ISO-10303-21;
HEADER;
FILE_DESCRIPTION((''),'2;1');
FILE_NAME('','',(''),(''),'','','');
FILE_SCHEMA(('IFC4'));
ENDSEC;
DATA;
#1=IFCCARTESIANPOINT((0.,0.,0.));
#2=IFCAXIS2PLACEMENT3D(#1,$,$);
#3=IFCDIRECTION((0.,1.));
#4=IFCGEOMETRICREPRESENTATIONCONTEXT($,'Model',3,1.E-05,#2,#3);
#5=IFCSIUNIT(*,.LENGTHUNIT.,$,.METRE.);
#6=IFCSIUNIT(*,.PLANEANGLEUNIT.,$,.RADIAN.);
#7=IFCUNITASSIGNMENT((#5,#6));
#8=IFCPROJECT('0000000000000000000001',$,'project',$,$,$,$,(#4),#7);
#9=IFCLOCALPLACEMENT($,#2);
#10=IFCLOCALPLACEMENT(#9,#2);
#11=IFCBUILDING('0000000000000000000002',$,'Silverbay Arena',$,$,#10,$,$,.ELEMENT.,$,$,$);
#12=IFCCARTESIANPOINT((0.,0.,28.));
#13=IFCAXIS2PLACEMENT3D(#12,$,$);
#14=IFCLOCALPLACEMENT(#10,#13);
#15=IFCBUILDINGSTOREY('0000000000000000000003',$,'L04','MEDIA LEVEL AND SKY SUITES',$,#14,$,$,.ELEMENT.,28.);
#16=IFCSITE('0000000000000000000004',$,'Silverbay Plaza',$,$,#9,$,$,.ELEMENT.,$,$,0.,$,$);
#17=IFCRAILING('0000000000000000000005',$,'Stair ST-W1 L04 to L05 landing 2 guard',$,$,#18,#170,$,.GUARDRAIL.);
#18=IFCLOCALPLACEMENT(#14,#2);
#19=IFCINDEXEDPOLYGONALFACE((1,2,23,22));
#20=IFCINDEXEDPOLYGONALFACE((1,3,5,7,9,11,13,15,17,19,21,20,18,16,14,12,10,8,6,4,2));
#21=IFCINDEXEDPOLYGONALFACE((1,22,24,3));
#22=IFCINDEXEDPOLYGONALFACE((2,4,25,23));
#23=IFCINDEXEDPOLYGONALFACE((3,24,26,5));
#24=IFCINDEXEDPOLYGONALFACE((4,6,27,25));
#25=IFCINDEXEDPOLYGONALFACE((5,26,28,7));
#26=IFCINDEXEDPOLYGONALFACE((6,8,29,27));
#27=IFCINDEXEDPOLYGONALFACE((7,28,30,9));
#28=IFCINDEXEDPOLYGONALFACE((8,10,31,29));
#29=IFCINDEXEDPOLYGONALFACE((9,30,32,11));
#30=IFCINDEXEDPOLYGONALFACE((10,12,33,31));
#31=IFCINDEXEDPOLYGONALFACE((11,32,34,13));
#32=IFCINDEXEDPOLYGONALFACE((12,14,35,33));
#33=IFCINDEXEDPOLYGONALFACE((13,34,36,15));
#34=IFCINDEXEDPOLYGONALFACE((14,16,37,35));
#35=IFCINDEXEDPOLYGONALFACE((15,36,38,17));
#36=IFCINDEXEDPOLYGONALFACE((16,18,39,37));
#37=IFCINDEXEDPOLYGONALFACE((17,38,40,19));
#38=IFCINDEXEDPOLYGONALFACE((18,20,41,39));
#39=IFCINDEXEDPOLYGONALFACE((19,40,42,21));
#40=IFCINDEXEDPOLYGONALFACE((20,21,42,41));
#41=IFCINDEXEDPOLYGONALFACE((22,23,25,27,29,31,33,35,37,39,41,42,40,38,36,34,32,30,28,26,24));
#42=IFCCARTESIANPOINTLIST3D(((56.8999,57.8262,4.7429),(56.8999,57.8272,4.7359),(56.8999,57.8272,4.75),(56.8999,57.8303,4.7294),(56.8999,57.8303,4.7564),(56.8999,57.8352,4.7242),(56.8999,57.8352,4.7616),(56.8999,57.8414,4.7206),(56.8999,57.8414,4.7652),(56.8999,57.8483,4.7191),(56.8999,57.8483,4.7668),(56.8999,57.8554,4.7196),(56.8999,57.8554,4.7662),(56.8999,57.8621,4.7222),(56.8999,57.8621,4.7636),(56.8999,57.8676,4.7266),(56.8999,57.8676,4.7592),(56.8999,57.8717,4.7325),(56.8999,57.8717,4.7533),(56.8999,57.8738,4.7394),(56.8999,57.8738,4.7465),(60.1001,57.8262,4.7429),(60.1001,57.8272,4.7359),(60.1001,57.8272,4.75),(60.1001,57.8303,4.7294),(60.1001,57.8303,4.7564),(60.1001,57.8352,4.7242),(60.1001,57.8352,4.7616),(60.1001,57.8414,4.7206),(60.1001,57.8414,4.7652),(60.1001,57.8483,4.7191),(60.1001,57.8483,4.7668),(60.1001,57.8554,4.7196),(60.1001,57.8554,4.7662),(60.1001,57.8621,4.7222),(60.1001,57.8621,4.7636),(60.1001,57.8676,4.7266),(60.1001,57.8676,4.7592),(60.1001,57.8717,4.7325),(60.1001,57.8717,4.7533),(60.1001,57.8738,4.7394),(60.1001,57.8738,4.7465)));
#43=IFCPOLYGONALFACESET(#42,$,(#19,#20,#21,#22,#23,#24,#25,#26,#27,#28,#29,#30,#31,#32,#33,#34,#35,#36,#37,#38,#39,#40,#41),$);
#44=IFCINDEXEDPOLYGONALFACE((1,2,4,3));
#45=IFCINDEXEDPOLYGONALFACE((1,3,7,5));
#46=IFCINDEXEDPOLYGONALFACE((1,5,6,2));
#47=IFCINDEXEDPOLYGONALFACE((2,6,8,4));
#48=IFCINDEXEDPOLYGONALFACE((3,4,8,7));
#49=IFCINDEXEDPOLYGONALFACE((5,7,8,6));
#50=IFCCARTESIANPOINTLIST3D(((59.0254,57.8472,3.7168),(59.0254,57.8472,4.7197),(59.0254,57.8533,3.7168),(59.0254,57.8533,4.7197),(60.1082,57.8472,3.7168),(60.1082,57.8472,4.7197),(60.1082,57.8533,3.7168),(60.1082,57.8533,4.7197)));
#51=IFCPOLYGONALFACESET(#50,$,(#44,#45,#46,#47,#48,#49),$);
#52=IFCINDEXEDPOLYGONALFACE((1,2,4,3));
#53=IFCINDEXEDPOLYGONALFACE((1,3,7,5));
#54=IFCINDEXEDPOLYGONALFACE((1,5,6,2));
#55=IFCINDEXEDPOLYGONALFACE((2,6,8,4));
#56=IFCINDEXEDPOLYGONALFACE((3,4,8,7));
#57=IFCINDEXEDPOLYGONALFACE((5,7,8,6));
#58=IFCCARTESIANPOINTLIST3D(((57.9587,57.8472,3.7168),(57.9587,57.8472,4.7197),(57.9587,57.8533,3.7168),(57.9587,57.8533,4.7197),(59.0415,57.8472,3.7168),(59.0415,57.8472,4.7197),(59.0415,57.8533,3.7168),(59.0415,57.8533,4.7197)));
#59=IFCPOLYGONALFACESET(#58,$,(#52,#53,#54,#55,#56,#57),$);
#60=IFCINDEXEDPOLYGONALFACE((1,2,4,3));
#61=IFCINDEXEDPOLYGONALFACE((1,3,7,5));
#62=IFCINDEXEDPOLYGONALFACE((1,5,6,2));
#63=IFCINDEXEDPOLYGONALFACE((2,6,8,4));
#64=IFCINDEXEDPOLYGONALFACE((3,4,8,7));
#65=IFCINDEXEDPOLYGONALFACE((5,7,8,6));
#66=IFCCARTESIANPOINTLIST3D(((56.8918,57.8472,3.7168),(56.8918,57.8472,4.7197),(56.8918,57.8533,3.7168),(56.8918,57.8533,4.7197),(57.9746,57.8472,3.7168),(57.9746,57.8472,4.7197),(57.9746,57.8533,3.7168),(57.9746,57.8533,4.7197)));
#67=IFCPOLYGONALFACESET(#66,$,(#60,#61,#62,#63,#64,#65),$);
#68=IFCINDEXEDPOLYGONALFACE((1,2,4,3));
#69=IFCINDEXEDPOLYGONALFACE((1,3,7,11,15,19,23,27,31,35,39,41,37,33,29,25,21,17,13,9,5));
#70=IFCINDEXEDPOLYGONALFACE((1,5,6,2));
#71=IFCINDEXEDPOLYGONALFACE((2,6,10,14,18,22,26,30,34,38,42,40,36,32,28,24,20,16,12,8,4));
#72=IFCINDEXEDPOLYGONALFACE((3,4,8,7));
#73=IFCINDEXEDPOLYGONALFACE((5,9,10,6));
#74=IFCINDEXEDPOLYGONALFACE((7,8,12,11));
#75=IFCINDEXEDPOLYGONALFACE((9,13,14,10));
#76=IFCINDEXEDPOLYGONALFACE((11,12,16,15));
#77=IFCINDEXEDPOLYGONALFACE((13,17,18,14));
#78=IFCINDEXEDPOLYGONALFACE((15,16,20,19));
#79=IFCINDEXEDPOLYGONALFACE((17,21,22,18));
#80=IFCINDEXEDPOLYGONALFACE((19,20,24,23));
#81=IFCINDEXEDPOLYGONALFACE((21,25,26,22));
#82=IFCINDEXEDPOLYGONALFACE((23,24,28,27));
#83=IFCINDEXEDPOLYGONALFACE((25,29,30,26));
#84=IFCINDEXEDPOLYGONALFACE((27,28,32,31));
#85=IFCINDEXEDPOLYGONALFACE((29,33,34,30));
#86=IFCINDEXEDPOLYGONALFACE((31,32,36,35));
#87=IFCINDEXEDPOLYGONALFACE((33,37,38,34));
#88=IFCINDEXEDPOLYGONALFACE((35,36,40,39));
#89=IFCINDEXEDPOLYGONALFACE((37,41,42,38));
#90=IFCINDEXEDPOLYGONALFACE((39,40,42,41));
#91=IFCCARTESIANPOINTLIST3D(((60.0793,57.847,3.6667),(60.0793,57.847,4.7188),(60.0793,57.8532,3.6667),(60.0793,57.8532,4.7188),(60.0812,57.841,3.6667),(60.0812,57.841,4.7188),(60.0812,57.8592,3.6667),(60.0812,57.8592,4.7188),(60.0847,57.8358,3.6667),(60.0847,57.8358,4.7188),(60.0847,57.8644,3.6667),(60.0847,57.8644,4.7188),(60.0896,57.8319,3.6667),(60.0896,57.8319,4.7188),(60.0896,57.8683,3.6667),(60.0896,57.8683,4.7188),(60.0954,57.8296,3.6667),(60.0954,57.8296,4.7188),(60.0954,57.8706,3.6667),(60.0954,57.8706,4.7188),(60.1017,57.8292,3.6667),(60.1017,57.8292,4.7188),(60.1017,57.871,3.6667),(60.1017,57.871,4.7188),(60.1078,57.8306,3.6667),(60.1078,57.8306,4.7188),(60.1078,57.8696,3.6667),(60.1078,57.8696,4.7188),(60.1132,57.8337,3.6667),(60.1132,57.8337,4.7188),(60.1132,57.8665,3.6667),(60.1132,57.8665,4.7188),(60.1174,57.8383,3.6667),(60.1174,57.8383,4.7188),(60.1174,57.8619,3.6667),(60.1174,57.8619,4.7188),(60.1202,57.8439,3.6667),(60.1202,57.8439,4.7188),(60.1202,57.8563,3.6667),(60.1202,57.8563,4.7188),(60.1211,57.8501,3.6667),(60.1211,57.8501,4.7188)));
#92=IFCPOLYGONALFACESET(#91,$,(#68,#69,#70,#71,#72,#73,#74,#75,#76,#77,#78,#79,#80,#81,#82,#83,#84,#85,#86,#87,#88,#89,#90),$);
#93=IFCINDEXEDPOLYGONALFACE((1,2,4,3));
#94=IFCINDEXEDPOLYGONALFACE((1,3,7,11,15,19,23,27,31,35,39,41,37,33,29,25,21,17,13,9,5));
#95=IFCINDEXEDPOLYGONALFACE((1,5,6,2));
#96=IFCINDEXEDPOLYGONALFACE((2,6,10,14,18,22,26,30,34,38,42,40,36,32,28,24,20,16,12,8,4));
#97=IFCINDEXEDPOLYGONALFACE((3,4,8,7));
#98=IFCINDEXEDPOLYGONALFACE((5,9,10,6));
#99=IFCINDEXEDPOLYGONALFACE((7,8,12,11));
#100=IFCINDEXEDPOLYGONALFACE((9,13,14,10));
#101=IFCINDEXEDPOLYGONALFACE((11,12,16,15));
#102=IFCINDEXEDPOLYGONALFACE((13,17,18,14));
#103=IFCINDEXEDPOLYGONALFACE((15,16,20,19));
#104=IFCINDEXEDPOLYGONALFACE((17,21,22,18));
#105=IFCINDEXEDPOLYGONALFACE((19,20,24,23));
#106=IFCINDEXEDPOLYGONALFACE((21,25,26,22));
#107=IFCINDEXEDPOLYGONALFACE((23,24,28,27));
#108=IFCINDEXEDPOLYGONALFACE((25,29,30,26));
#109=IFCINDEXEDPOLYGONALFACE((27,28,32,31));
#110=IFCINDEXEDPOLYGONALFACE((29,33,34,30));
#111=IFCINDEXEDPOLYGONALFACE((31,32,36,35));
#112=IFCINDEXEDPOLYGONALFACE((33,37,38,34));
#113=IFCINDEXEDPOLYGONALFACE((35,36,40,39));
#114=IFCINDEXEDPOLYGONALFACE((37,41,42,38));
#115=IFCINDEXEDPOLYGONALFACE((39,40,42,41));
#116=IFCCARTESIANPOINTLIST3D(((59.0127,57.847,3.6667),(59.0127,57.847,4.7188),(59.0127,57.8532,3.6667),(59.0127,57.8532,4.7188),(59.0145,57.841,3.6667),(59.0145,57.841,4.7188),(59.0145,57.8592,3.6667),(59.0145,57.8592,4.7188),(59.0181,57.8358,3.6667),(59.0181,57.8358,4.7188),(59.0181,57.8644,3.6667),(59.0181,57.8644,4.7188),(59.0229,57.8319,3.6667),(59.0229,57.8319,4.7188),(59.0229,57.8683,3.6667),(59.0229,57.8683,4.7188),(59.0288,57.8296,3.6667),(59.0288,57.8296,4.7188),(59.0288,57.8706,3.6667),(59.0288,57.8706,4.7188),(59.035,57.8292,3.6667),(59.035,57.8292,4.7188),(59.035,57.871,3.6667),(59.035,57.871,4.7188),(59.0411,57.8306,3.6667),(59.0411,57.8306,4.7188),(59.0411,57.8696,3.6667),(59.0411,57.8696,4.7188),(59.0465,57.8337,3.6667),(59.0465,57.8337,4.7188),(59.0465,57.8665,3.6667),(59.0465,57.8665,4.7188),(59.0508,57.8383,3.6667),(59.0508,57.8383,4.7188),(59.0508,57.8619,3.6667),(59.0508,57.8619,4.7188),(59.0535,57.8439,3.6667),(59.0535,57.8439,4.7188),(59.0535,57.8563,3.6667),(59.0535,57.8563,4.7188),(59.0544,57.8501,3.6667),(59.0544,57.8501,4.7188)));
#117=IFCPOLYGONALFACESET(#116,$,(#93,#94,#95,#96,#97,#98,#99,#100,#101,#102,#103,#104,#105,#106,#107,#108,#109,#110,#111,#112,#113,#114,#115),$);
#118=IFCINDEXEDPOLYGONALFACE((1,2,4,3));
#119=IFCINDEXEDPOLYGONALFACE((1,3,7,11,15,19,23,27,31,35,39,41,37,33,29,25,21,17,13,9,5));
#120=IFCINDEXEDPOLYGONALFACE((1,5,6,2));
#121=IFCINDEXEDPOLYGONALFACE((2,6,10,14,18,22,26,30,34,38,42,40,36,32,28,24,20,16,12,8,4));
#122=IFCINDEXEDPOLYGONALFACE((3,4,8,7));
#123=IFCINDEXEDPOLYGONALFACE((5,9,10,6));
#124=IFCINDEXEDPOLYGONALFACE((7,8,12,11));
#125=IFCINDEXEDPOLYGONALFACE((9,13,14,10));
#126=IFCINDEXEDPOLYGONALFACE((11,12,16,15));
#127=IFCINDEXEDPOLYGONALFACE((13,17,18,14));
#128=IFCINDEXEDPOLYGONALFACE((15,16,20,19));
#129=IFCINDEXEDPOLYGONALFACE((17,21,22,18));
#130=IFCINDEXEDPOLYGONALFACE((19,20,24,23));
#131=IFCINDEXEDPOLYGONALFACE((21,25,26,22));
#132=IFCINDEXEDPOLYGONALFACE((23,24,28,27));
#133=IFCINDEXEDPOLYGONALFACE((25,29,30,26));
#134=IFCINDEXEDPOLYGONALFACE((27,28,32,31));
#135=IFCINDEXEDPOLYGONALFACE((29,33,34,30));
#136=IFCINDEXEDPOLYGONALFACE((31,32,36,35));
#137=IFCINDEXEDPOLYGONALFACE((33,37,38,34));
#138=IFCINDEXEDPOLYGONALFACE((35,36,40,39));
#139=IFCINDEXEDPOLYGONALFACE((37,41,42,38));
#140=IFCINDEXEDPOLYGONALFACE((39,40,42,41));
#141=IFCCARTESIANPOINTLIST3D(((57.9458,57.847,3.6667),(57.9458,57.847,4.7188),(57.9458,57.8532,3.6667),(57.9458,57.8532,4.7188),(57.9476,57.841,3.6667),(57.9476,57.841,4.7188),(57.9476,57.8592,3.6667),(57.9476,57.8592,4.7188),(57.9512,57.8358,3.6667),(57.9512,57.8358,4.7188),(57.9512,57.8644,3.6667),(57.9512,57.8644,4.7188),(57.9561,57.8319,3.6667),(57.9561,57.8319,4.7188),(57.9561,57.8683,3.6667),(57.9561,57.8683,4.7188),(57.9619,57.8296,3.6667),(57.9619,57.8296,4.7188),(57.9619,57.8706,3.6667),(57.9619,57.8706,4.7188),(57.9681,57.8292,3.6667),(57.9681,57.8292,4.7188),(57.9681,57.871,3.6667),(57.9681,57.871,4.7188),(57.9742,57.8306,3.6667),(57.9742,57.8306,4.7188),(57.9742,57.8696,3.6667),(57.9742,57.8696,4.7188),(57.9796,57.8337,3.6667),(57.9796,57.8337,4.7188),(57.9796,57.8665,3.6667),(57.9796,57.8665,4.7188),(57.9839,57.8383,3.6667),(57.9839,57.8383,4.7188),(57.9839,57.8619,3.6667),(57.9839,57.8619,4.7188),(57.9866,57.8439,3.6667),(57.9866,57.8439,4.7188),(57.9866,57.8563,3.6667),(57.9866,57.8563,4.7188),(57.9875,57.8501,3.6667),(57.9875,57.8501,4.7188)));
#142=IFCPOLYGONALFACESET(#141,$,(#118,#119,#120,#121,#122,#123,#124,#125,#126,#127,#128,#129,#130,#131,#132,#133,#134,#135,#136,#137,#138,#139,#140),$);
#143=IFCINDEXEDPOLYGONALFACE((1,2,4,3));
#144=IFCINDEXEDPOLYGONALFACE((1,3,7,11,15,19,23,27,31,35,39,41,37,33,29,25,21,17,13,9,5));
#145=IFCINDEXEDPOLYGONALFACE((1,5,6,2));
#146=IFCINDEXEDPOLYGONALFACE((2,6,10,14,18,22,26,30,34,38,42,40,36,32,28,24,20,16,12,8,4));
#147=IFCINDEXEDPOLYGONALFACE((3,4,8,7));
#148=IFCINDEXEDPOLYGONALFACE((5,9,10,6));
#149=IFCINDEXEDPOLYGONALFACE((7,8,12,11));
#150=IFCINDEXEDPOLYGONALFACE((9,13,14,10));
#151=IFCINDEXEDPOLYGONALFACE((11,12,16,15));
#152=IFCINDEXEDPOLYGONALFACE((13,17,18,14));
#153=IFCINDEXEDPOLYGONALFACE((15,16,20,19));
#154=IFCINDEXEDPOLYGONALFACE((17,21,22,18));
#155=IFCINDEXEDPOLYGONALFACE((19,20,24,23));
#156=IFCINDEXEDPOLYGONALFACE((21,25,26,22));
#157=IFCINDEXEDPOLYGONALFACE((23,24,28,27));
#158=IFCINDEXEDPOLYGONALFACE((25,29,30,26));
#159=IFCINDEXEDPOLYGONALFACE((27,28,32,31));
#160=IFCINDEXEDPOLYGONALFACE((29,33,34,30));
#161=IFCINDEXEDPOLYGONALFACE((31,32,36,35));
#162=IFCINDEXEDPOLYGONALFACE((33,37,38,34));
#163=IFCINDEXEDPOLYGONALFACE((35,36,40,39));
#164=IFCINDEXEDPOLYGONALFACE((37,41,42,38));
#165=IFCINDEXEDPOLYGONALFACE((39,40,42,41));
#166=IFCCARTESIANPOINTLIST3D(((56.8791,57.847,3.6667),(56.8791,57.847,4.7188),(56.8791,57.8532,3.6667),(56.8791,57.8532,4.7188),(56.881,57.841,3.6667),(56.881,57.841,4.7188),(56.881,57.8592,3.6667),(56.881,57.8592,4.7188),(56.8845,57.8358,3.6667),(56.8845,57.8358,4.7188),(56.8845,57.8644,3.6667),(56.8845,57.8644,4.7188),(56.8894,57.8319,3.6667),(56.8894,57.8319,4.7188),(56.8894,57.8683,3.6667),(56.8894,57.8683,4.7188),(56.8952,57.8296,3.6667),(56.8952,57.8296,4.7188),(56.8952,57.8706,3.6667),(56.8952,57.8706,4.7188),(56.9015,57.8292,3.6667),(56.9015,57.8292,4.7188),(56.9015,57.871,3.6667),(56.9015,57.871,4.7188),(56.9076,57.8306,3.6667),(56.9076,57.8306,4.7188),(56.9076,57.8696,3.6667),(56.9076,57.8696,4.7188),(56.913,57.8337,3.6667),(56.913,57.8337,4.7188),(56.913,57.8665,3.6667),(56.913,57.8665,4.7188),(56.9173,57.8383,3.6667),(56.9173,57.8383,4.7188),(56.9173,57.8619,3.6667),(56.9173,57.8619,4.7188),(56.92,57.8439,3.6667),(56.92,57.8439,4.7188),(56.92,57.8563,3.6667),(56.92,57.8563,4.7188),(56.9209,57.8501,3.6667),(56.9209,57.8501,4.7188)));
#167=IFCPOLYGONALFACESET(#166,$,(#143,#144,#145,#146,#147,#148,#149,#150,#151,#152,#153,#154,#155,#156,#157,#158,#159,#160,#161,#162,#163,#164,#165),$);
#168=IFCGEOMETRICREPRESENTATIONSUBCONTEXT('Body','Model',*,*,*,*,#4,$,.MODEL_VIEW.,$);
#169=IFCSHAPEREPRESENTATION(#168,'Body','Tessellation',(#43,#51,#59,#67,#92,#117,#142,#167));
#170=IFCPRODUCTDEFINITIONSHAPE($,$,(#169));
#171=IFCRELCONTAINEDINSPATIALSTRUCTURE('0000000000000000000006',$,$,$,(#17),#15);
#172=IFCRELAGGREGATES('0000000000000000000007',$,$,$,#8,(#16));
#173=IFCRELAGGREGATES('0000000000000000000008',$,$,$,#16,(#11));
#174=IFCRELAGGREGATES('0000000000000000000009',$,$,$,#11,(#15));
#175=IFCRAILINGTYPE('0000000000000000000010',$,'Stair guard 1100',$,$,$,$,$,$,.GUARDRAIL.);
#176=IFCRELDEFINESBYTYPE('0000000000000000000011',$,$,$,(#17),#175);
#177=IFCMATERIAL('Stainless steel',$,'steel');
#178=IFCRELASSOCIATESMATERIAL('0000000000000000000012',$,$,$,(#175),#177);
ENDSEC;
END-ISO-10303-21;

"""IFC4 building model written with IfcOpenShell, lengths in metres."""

from ifc_helpers import new_model, si_unit, direction, frame, origin, origin_2d, place, context, subcontext, project, spatial, polyline, circle, outline, extrude, material, type_object, element, save


model = new_model("IFC4")

# Units and contexts
model_context = context("Model", 3, precision=1e-05, world=origin(), true_north=direction((0.0, 1.0)))
body_context = subcontext(model_context, "Body", "Model", "MODEL_VIEW")
ifc_project = project(units=[si_unit("LENGTHUNIT", "METRE"), si_unit("PLANEANGLEUNIT", "RADIAN")], contexts=[model_context])

# Site, building, storey
site_placement = place(None, origin())
site = spatial("IfcSite", under=ifc_project, at=site_placement, Name="Silverbay Plaza", CompositionType="ELEMENT", RefElevation=0.0)
building_placement = place(site_placement, origin())
building = spatial("IfcBuilding", under=site, at=building_placement, Name="Silverbay Arena", CompositionType="ELEMENT")
storey_placement = place(building_placement, frame((0.0, 0.0, 28.0)))
storey = spatial("IfcBuildingStorey", under=building, at=storey_placement, Name="L04", Description="MEDIA LEVEL AND SKY SUITES", CompositionType="ELEMENT", Elevation=28.0)

# Railing
ifc_material_1 = material(Name="Stainless steel", Category="steel")
railing_type_1 = type_object("IfcRailingType", Name="Stair guard 1100", PredefinedType="GUARDRAIL", material=ifc_material_1)
for number, where, name in (
    (1, (60.1001, 57.8501, 3.6667), "Stair ST-W1 L04 to L05 landing 2 guard"),
):
    element("IfcRailing", number, at=place(storey_placement, frame(where)), inside=storey, type_object=railing_type_1, Name=name, PredefinedType="GUARDRAIL", context=body_context, shape_type="SweptSolid", body=[
        extrude(circle(Radius=0.0239, at=origin_2d()), frame((0.0, 0.0, 1.0762), z_axis=(-1.0, 0.0, 0.0), x_axis=(0.0, -1.0, 0.0)), (0.0, 0.0, 1.0), 3.2002),
        extrude(outline(polyline([(-0.0081, 0.05), (1.0747, 0.05), (1.0747, 1.053), (-0.0081, 1.053), (-0.0081, 0.05)])), frame((0.0, -0.0029, 0.0), z_axis=(0.0, 1.0, 0.0), x_axis=(-1.0, 0.0, 0.0)), (0.0, 0.0, 1.0), 0.0061),
        extrude(outline(polyline([(-0.0081, 0.05), (1.0747, 0.05), (1.0747, 1.053), (-0.0081, 1.053), (-0.0081, 0.05)])), frame((-1.0667, -0.0029, 0.0), z_axis=(0.0, 1.0, 0.0), x_axis=(-1.0, 0.0, 0.0)), (0.0, 0.0, 1.0), 0.0061),
        extrude(outline(polyline([(-0.0081, 0.05), (1.0747, 0.05), (1.0747, 1.053), (-0.0081, 1.053), (-0.0081, 0.05)])), frame((-2.1335, -0.0029, 0.0), z_axis=(0.0, 1.0, 0.0), x_axis=(-1.0, 0.0, 0.0)), (0.0, 0.0, 1.0), 0.0061),
        extrude(circle(Radius=0.021, at=origin_2d()), origin(), (0.0, 0.0, 1.0), 1.052),
        extrude(circle(Radius=0.021, at=origin_2d()), frame((-1.0667, 0.0, 0.0)), (0.0, 0.0, 1.0), 1.052),
        extrude(circle(Radius=0.021, at=origin_2d()), frame((-2.1335, 0.0, 0.0)), (0.0, 0.0, 1.0), 1.052),
        extrude(circle(Radius=0.021, at=origin_2d()), frame((-3.2002, 0.0, 0.0)), (0.0, 0.0, 1.0), 1.052),
    ])

save(model, "model.ifc")
